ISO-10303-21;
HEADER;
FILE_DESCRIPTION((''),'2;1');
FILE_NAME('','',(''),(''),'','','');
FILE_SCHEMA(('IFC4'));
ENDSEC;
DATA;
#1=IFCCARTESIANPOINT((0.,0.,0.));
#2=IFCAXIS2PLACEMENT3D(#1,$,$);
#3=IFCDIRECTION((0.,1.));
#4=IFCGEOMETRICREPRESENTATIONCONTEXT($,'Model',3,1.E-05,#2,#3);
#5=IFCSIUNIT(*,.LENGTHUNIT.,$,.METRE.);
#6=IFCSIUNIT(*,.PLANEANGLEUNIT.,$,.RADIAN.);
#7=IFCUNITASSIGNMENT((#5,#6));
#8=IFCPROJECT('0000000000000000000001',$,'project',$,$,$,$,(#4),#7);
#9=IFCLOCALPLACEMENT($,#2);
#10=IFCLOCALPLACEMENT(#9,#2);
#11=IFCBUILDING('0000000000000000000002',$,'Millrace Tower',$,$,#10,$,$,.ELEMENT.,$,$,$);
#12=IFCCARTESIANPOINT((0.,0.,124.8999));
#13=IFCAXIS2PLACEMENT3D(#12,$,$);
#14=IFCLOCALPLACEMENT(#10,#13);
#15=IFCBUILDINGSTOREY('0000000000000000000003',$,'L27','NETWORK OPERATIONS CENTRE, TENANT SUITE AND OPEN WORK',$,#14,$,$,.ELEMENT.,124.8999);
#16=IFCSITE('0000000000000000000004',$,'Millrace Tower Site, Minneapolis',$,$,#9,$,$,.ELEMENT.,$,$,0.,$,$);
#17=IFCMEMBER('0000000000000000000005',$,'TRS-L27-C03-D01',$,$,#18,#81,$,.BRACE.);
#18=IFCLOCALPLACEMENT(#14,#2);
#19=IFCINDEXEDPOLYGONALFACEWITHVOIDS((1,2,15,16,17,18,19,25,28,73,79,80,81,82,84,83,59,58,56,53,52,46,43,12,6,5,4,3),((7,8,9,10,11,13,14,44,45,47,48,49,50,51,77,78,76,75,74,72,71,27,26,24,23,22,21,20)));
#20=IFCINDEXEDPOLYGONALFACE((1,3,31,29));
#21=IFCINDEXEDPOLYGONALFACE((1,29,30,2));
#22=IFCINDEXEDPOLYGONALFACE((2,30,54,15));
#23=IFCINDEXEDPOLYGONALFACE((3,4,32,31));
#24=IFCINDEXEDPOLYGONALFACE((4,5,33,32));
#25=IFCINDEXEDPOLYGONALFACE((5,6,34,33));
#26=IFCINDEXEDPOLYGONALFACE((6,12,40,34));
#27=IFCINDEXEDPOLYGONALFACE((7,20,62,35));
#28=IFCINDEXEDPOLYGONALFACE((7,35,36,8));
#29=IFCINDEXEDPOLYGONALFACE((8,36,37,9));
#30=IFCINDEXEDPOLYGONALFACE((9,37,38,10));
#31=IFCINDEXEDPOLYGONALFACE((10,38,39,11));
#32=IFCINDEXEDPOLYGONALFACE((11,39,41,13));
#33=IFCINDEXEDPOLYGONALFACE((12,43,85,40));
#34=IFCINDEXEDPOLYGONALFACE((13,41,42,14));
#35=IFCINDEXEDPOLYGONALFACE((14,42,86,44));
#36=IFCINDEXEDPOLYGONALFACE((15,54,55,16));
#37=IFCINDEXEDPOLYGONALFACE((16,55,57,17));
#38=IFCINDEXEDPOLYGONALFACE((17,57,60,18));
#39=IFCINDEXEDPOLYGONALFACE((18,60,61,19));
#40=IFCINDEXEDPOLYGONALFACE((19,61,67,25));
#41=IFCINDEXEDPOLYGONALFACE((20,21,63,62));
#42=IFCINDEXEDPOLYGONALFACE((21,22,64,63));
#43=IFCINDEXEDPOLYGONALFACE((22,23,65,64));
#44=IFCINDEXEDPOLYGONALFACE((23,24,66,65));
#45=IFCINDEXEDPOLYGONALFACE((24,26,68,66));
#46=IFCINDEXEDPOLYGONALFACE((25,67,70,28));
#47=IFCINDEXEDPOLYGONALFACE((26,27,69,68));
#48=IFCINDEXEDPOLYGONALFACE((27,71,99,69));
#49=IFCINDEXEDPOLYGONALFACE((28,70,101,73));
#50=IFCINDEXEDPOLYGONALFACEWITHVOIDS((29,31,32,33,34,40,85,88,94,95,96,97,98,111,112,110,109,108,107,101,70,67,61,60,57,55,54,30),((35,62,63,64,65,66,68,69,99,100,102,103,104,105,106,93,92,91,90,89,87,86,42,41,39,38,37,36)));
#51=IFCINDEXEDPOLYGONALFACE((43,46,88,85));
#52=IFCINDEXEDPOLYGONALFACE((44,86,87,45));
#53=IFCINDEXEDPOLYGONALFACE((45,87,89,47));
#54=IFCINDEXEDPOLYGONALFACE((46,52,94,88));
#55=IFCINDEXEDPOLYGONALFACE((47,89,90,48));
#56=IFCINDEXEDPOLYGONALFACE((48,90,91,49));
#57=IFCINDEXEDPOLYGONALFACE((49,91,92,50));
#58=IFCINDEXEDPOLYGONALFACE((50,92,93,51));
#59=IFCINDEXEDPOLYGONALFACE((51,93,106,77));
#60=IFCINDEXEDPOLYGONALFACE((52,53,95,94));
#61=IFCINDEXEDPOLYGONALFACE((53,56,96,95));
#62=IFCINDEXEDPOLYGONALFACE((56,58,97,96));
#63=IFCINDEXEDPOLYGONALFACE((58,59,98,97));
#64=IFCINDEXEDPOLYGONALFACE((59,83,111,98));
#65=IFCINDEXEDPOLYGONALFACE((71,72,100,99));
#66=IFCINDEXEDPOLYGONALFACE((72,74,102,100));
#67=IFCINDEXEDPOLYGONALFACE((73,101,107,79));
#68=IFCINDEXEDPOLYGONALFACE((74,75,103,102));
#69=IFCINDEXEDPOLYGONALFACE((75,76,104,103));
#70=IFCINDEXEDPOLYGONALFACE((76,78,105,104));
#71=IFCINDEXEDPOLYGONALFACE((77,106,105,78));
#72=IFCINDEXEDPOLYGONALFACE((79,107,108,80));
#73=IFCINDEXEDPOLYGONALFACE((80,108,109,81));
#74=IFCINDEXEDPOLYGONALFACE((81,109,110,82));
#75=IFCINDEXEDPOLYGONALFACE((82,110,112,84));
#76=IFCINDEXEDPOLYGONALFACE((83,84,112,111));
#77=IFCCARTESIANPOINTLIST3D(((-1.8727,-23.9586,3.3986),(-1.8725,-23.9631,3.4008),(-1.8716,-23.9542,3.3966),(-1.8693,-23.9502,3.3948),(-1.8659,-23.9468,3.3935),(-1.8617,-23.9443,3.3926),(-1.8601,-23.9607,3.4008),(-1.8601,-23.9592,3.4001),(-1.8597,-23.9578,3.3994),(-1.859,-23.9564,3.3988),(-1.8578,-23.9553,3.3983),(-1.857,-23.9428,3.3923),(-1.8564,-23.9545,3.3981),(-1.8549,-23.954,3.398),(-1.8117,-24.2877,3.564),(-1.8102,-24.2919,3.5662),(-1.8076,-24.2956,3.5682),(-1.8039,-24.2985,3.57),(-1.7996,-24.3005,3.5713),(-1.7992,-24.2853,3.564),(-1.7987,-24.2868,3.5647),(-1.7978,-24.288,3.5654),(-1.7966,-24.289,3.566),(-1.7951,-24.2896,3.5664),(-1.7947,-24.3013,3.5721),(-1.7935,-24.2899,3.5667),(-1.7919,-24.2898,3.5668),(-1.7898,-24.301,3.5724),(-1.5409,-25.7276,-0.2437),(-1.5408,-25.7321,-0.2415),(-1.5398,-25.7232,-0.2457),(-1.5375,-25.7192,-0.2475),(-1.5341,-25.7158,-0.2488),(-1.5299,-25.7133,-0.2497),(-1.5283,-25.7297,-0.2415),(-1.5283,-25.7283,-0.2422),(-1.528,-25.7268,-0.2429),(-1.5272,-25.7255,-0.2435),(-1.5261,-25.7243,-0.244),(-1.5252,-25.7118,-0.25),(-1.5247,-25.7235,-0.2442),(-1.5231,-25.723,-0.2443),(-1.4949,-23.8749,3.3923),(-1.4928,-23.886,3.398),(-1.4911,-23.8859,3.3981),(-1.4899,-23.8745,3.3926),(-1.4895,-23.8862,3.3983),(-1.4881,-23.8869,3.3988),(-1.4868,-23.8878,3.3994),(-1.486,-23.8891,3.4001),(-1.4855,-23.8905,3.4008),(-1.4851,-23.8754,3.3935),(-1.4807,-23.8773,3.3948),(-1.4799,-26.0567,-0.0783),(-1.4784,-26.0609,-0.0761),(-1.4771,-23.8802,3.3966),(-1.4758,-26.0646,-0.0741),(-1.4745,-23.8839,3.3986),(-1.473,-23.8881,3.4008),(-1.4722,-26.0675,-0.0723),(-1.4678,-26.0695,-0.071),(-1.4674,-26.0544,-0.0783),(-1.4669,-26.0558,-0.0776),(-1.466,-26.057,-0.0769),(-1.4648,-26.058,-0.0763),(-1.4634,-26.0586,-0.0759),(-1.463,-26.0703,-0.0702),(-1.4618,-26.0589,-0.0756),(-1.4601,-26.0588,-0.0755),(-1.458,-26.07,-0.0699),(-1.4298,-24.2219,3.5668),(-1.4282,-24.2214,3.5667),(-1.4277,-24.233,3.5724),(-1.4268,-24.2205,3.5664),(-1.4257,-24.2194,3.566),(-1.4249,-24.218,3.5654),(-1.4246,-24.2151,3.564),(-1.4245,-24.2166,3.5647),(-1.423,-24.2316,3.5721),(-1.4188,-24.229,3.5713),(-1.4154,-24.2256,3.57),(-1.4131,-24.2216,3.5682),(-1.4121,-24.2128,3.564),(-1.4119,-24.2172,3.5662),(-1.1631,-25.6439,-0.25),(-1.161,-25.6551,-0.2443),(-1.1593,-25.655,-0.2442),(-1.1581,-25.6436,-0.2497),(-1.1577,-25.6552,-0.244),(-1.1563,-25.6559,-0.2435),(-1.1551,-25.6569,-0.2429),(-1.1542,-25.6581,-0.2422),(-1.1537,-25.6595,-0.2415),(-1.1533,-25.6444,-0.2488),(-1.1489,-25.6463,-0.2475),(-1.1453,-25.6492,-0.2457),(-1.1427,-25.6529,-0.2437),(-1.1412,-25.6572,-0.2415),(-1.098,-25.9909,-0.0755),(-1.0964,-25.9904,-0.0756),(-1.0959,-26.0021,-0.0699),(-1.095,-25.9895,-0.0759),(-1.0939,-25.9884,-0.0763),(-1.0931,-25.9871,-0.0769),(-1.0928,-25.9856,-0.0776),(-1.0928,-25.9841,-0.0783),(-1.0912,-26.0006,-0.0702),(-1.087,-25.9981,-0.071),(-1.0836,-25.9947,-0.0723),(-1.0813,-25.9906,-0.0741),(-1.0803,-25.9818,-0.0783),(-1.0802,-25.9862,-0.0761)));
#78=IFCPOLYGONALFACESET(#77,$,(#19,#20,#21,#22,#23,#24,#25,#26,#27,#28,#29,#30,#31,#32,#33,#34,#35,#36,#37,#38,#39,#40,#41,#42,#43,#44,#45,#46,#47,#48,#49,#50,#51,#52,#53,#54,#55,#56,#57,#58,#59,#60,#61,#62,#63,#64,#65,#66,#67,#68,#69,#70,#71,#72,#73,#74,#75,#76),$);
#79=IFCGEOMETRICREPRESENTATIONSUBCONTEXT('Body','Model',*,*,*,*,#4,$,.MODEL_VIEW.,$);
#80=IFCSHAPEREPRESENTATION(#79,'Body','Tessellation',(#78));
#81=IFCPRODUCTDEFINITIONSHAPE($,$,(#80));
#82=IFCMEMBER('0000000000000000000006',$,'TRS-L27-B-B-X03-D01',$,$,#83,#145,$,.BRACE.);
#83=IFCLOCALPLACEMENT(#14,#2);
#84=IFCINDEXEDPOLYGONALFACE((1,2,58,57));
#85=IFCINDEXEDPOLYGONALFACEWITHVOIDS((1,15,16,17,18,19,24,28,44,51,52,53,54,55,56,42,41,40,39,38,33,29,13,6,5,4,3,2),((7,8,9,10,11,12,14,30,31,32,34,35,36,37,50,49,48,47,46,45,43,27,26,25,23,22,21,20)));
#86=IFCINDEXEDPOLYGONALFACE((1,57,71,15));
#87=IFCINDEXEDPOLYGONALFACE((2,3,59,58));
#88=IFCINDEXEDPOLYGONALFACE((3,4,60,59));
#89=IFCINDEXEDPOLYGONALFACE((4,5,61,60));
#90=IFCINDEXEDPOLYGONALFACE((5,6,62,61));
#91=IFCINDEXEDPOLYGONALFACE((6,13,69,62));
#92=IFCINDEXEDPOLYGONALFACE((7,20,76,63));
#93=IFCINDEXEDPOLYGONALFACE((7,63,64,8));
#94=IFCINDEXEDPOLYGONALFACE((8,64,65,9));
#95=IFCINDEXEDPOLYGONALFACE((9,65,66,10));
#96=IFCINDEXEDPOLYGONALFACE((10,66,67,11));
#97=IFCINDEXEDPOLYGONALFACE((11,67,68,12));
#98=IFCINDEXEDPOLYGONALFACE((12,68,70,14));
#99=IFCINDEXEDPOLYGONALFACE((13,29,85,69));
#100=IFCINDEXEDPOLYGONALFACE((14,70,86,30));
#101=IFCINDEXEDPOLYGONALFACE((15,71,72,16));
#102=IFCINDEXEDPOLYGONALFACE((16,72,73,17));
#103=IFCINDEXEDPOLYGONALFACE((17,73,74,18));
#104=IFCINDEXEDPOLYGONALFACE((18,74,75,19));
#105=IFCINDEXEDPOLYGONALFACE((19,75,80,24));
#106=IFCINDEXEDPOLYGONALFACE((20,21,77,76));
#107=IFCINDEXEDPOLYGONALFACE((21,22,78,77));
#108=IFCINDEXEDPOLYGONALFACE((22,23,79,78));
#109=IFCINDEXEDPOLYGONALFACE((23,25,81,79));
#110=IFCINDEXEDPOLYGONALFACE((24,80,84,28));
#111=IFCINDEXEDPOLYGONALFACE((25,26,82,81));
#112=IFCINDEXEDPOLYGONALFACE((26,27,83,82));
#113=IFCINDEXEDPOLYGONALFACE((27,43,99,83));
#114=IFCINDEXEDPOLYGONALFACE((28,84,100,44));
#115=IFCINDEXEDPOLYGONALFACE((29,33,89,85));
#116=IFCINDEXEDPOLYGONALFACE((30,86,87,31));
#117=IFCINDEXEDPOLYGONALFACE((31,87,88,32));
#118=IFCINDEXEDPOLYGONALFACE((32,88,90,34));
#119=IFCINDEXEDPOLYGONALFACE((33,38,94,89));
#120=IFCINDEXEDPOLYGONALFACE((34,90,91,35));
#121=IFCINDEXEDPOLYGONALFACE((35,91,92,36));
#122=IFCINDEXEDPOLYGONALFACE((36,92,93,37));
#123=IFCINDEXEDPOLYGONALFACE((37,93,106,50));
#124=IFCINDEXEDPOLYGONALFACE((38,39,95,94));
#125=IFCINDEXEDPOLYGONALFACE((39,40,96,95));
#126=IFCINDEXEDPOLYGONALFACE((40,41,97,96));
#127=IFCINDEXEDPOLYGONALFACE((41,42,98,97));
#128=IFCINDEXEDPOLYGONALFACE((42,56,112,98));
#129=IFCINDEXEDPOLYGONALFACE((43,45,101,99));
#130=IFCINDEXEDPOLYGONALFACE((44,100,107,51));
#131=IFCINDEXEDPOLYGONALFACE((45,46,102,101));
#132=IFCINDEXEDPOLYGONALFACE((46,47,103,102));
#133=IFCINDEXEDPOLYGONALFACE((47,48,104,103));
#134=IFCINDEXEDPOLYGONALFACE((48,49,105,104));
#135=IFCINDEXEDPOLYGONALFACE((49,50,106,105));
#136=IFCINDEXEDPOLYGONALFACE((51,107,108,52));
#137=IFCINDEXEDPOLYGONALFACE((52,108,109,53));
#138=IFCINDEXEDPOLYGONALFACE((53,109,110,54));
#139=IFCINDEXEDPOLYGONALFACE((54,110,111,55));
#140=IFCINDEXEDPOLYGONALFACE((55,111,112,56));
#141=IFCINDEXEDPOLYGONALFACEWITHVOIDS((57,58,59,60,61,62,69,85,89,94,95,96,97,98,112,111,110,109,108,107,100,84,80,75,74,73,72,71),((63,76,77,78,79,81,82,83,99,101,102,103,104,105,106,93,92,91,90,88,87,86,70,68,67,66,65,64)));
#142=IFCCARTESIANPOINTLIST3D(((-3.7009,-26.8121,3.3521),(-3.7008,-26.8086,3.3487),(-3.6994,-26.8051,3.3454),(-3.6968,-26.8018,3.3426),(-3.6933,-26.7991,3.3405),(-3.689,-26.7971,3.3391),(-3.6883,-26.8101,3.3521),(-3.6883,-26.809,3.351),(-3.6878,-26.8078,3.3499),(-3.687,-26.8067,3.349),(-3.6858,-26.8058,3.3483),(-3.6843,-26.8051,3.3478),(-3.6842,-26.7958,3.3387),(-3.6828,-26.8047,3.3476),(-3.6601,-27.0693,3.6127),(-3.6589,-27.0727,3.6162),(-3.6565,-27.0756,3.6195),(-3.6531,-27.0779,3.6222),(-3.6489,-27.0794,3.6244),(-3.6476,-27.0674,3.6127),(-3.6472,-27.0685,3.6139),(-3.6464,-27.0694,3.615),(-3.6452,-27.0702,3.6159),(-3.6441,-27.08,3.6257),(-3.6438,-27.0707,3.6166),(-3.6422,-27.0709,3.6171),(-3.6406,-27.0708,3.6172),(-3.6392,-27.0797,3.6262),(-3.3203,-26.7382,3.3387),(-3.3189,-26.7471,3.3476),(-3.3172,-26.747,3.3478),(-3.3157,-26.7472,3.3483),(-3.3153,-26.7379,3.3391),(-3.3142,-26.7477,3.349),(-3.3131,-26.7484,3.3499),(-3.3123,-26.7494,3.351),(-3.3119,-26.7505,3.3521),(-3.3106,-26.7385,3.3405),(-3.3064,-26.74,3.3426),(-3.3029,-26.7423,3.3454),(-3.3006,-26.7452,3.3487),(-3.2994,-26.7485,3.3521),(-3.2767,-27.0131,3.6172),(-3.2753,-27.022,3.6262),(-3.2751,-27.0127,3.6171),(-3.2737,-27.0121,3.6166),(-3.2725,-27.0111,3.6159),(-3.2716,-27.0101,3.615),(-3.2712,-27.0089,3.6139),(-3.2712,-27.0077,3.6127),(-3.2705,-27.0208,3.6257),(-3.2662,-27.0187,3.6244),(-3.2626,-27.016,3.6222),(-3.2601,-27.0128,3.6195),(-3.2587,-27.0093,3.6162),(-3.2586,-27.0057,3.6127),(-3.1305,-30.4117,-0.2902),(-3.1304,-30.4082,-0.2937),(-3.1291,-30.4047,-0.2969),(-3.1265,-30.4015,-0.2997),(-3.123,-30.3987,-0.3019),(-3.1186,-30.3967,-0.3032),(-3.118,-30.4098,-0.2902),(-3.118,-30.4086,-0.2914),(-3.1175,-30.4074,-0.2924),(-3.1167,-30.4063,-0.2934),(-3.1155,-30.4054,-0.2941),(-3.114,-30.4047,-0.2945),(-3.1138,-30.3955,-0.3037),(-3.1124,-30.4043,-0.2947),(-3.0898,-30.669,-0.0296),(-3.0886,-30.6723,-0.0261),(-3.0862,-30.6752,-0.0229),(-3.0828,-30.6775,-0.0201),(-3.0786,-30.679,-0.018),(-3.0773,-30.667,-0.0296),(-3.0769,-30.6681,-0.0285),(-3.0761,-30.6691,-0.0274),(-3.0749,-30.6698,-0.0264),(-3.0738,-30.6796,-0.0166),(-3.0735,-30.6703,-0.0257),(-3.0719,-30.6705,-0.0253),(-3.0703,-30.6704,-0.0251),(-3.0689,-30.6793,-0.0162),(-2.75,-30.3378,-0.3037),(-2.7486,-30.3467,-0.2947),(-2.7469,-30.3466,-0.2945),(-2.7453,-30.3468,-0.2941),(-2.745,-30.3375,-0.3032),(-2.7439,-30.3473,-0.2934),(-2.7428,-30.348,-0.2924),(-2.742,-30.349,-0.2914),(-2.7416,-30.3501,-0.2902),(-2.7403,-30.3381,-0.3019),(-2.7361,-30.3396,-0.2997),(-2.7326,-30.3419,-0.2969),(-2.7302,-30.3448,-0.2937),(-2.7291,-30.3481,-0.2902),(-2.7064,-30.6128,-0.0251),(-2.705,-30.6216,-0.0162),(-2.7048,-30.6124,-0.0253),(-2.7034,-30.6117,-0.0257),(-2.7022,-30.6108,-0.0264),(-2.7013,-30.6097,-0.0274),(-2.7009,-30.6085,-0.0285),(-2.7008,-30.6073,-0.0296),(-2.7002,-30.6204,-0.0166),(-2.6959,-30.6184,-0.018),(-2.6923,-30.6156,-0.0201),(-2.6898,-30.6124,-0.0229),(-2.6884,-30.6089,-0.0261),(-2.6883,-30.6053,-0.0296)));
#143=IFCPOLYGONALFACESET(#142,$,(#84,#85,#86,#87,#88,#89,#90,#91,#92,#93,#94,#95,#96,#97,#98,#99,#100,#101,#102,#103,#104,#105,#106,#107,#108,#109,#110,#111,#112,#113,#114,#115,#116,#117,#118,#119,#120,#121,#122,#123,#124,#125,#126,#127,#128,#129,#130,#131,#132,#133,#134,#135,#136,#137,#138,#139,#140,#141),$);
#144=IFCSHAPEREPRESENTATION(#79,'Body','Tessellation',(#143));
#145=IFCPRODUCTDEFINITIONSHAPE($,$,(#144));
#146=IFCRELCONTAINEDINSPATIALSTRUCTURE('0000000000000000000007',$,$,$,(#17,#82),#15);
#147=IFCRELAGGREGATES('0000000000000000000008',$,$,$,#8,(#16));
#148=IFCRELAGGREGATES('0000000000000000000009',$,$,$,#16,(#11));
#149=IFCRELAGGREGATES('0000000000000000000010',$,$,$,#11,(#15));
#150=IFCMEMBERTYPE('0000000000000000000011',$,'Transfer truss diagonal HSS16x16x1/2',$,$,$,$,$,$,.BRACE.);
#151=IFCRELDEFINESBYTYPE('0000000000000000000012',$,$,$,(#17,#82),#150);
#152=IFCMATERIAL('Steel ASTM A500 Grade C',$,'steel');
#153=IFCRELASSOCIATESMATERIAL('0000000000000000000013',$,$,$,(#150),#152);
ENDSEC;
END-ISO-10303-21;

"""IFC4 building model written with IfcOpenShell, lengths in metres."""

from ifc_helpers import new_model, si_unit, direction, frame, origin, origin_2d, place, context, subcontext, project, spatial, hollow_rectangle, extrude, material, material_profile, profile_set, type_object, element, save


model = new_model("IFC4")

# Units and contexts
model_context = context("Model", 3, precision=1e-05, world=origin(), true_north=direction((0.0, 1.0)))
body_context = subcontext(model_context, "Body", "Model", "MODEL_VIEW")
ifc_project = project(units=[si_unit("LENGTHUNIT", "METRE"), si_unit("PLANEANGLEUNIT", "RADIAN")], contexts=[model_context])

# Site, building, storey
site_placement = place(None, origin())
site = spatial("IfcSite", under=ifc_project, at=site_placement, Name="Millrace Tower Site, Minneapolis", CompositionType="ELEMENT", RefElevation=0.0)
building_placement = place(site_placement, origin())
building = spatial("IfcBuilding", under=site, at=building_placement, Name="Millrace Tower", CompositionType="ELEMENT")
storey_placement = place(building_placement, frame((0.0, 0.0, 124.8999)))
storey = spatial("IfcBuildingStorey", under=building, at=storey_placement, Name="L27", Description="NETWORK OPERATIONS CENTRE, TENANT SUITE AND OPEN WORK", CompositionType="ELEMENT", Elevation=124.8999)

# Members
ifc_material_1 = material(Name="Steel ASTM A500 Grade C", Category="steel")
ifc_material_profile_1 = material_profile(ifc_material_1, hollow_rectangle(XDim=0.4065, YDim=0.4065, WallThickness=0.0127, InnerFilletRadius=0.0063, OuterFilletRadius=0.019, at=origin_2d()))
ifc_profile_set_1 = profile_set([ifc_material_profile_1], Name="Steel ASTM A500 Grade C")
member_type_1 = type_object("IfcMemberType", Name="Transfer truss diagonal HSS16x16x1/2", PredefinedType="BRACE", material=ifc_profile_set_1)
member_1_placement = place(storey_placement, frame((-1.3105, -25.8569, -0.1599), z_axis=(-0.081665, 0.435427, 0.896512), x_axis=(-0.982863, -0.184338, 0.0)))
element("IfcMember", 1, at=member_1_placement, inside=storey, type_object=member_type_1, Name="TRS-L27-C03-D01", PredefinedType="BRACE", context=body_context, shape_type="SweptSolid", body=[
    extrude(hollow_rectangle(XDim=0.4065, YDim=0.4065, WallThickness=0.0127, InnerFilletRadius=0.0063, OuterFilletRadius=0.019, at=origin_2d()), origin(), (0.0, 0.0, 1.0), 4.0627),
])
member_2_placement = place(storey_placement, frame((-2.9094, -30.5085, -0.1599), z_axis=(-0.110685, 0.698604, 0.706896), x_axis=(-0.98768, -0.156485, 0.0)))
element("IfcMember", 2, at=member_2_placement, inside=storey, type_object=member_type_1, Name="TRS-L27-B-B-X03-D01", PredefinedType="BRACE", context=body_context, shape_type="SweptSolid", body=[
    extrude(hollow_rectangle(XDim=0.4065, YDim=0.4065, WallThickness=0.0127, InnerFilletRadius=0.0063, OuterFilletRadius=0.019, at=origin_2d()), origin(), (0.0, 0.0, 1.0), 5.1526),
])

save(model, "model.ifc")
